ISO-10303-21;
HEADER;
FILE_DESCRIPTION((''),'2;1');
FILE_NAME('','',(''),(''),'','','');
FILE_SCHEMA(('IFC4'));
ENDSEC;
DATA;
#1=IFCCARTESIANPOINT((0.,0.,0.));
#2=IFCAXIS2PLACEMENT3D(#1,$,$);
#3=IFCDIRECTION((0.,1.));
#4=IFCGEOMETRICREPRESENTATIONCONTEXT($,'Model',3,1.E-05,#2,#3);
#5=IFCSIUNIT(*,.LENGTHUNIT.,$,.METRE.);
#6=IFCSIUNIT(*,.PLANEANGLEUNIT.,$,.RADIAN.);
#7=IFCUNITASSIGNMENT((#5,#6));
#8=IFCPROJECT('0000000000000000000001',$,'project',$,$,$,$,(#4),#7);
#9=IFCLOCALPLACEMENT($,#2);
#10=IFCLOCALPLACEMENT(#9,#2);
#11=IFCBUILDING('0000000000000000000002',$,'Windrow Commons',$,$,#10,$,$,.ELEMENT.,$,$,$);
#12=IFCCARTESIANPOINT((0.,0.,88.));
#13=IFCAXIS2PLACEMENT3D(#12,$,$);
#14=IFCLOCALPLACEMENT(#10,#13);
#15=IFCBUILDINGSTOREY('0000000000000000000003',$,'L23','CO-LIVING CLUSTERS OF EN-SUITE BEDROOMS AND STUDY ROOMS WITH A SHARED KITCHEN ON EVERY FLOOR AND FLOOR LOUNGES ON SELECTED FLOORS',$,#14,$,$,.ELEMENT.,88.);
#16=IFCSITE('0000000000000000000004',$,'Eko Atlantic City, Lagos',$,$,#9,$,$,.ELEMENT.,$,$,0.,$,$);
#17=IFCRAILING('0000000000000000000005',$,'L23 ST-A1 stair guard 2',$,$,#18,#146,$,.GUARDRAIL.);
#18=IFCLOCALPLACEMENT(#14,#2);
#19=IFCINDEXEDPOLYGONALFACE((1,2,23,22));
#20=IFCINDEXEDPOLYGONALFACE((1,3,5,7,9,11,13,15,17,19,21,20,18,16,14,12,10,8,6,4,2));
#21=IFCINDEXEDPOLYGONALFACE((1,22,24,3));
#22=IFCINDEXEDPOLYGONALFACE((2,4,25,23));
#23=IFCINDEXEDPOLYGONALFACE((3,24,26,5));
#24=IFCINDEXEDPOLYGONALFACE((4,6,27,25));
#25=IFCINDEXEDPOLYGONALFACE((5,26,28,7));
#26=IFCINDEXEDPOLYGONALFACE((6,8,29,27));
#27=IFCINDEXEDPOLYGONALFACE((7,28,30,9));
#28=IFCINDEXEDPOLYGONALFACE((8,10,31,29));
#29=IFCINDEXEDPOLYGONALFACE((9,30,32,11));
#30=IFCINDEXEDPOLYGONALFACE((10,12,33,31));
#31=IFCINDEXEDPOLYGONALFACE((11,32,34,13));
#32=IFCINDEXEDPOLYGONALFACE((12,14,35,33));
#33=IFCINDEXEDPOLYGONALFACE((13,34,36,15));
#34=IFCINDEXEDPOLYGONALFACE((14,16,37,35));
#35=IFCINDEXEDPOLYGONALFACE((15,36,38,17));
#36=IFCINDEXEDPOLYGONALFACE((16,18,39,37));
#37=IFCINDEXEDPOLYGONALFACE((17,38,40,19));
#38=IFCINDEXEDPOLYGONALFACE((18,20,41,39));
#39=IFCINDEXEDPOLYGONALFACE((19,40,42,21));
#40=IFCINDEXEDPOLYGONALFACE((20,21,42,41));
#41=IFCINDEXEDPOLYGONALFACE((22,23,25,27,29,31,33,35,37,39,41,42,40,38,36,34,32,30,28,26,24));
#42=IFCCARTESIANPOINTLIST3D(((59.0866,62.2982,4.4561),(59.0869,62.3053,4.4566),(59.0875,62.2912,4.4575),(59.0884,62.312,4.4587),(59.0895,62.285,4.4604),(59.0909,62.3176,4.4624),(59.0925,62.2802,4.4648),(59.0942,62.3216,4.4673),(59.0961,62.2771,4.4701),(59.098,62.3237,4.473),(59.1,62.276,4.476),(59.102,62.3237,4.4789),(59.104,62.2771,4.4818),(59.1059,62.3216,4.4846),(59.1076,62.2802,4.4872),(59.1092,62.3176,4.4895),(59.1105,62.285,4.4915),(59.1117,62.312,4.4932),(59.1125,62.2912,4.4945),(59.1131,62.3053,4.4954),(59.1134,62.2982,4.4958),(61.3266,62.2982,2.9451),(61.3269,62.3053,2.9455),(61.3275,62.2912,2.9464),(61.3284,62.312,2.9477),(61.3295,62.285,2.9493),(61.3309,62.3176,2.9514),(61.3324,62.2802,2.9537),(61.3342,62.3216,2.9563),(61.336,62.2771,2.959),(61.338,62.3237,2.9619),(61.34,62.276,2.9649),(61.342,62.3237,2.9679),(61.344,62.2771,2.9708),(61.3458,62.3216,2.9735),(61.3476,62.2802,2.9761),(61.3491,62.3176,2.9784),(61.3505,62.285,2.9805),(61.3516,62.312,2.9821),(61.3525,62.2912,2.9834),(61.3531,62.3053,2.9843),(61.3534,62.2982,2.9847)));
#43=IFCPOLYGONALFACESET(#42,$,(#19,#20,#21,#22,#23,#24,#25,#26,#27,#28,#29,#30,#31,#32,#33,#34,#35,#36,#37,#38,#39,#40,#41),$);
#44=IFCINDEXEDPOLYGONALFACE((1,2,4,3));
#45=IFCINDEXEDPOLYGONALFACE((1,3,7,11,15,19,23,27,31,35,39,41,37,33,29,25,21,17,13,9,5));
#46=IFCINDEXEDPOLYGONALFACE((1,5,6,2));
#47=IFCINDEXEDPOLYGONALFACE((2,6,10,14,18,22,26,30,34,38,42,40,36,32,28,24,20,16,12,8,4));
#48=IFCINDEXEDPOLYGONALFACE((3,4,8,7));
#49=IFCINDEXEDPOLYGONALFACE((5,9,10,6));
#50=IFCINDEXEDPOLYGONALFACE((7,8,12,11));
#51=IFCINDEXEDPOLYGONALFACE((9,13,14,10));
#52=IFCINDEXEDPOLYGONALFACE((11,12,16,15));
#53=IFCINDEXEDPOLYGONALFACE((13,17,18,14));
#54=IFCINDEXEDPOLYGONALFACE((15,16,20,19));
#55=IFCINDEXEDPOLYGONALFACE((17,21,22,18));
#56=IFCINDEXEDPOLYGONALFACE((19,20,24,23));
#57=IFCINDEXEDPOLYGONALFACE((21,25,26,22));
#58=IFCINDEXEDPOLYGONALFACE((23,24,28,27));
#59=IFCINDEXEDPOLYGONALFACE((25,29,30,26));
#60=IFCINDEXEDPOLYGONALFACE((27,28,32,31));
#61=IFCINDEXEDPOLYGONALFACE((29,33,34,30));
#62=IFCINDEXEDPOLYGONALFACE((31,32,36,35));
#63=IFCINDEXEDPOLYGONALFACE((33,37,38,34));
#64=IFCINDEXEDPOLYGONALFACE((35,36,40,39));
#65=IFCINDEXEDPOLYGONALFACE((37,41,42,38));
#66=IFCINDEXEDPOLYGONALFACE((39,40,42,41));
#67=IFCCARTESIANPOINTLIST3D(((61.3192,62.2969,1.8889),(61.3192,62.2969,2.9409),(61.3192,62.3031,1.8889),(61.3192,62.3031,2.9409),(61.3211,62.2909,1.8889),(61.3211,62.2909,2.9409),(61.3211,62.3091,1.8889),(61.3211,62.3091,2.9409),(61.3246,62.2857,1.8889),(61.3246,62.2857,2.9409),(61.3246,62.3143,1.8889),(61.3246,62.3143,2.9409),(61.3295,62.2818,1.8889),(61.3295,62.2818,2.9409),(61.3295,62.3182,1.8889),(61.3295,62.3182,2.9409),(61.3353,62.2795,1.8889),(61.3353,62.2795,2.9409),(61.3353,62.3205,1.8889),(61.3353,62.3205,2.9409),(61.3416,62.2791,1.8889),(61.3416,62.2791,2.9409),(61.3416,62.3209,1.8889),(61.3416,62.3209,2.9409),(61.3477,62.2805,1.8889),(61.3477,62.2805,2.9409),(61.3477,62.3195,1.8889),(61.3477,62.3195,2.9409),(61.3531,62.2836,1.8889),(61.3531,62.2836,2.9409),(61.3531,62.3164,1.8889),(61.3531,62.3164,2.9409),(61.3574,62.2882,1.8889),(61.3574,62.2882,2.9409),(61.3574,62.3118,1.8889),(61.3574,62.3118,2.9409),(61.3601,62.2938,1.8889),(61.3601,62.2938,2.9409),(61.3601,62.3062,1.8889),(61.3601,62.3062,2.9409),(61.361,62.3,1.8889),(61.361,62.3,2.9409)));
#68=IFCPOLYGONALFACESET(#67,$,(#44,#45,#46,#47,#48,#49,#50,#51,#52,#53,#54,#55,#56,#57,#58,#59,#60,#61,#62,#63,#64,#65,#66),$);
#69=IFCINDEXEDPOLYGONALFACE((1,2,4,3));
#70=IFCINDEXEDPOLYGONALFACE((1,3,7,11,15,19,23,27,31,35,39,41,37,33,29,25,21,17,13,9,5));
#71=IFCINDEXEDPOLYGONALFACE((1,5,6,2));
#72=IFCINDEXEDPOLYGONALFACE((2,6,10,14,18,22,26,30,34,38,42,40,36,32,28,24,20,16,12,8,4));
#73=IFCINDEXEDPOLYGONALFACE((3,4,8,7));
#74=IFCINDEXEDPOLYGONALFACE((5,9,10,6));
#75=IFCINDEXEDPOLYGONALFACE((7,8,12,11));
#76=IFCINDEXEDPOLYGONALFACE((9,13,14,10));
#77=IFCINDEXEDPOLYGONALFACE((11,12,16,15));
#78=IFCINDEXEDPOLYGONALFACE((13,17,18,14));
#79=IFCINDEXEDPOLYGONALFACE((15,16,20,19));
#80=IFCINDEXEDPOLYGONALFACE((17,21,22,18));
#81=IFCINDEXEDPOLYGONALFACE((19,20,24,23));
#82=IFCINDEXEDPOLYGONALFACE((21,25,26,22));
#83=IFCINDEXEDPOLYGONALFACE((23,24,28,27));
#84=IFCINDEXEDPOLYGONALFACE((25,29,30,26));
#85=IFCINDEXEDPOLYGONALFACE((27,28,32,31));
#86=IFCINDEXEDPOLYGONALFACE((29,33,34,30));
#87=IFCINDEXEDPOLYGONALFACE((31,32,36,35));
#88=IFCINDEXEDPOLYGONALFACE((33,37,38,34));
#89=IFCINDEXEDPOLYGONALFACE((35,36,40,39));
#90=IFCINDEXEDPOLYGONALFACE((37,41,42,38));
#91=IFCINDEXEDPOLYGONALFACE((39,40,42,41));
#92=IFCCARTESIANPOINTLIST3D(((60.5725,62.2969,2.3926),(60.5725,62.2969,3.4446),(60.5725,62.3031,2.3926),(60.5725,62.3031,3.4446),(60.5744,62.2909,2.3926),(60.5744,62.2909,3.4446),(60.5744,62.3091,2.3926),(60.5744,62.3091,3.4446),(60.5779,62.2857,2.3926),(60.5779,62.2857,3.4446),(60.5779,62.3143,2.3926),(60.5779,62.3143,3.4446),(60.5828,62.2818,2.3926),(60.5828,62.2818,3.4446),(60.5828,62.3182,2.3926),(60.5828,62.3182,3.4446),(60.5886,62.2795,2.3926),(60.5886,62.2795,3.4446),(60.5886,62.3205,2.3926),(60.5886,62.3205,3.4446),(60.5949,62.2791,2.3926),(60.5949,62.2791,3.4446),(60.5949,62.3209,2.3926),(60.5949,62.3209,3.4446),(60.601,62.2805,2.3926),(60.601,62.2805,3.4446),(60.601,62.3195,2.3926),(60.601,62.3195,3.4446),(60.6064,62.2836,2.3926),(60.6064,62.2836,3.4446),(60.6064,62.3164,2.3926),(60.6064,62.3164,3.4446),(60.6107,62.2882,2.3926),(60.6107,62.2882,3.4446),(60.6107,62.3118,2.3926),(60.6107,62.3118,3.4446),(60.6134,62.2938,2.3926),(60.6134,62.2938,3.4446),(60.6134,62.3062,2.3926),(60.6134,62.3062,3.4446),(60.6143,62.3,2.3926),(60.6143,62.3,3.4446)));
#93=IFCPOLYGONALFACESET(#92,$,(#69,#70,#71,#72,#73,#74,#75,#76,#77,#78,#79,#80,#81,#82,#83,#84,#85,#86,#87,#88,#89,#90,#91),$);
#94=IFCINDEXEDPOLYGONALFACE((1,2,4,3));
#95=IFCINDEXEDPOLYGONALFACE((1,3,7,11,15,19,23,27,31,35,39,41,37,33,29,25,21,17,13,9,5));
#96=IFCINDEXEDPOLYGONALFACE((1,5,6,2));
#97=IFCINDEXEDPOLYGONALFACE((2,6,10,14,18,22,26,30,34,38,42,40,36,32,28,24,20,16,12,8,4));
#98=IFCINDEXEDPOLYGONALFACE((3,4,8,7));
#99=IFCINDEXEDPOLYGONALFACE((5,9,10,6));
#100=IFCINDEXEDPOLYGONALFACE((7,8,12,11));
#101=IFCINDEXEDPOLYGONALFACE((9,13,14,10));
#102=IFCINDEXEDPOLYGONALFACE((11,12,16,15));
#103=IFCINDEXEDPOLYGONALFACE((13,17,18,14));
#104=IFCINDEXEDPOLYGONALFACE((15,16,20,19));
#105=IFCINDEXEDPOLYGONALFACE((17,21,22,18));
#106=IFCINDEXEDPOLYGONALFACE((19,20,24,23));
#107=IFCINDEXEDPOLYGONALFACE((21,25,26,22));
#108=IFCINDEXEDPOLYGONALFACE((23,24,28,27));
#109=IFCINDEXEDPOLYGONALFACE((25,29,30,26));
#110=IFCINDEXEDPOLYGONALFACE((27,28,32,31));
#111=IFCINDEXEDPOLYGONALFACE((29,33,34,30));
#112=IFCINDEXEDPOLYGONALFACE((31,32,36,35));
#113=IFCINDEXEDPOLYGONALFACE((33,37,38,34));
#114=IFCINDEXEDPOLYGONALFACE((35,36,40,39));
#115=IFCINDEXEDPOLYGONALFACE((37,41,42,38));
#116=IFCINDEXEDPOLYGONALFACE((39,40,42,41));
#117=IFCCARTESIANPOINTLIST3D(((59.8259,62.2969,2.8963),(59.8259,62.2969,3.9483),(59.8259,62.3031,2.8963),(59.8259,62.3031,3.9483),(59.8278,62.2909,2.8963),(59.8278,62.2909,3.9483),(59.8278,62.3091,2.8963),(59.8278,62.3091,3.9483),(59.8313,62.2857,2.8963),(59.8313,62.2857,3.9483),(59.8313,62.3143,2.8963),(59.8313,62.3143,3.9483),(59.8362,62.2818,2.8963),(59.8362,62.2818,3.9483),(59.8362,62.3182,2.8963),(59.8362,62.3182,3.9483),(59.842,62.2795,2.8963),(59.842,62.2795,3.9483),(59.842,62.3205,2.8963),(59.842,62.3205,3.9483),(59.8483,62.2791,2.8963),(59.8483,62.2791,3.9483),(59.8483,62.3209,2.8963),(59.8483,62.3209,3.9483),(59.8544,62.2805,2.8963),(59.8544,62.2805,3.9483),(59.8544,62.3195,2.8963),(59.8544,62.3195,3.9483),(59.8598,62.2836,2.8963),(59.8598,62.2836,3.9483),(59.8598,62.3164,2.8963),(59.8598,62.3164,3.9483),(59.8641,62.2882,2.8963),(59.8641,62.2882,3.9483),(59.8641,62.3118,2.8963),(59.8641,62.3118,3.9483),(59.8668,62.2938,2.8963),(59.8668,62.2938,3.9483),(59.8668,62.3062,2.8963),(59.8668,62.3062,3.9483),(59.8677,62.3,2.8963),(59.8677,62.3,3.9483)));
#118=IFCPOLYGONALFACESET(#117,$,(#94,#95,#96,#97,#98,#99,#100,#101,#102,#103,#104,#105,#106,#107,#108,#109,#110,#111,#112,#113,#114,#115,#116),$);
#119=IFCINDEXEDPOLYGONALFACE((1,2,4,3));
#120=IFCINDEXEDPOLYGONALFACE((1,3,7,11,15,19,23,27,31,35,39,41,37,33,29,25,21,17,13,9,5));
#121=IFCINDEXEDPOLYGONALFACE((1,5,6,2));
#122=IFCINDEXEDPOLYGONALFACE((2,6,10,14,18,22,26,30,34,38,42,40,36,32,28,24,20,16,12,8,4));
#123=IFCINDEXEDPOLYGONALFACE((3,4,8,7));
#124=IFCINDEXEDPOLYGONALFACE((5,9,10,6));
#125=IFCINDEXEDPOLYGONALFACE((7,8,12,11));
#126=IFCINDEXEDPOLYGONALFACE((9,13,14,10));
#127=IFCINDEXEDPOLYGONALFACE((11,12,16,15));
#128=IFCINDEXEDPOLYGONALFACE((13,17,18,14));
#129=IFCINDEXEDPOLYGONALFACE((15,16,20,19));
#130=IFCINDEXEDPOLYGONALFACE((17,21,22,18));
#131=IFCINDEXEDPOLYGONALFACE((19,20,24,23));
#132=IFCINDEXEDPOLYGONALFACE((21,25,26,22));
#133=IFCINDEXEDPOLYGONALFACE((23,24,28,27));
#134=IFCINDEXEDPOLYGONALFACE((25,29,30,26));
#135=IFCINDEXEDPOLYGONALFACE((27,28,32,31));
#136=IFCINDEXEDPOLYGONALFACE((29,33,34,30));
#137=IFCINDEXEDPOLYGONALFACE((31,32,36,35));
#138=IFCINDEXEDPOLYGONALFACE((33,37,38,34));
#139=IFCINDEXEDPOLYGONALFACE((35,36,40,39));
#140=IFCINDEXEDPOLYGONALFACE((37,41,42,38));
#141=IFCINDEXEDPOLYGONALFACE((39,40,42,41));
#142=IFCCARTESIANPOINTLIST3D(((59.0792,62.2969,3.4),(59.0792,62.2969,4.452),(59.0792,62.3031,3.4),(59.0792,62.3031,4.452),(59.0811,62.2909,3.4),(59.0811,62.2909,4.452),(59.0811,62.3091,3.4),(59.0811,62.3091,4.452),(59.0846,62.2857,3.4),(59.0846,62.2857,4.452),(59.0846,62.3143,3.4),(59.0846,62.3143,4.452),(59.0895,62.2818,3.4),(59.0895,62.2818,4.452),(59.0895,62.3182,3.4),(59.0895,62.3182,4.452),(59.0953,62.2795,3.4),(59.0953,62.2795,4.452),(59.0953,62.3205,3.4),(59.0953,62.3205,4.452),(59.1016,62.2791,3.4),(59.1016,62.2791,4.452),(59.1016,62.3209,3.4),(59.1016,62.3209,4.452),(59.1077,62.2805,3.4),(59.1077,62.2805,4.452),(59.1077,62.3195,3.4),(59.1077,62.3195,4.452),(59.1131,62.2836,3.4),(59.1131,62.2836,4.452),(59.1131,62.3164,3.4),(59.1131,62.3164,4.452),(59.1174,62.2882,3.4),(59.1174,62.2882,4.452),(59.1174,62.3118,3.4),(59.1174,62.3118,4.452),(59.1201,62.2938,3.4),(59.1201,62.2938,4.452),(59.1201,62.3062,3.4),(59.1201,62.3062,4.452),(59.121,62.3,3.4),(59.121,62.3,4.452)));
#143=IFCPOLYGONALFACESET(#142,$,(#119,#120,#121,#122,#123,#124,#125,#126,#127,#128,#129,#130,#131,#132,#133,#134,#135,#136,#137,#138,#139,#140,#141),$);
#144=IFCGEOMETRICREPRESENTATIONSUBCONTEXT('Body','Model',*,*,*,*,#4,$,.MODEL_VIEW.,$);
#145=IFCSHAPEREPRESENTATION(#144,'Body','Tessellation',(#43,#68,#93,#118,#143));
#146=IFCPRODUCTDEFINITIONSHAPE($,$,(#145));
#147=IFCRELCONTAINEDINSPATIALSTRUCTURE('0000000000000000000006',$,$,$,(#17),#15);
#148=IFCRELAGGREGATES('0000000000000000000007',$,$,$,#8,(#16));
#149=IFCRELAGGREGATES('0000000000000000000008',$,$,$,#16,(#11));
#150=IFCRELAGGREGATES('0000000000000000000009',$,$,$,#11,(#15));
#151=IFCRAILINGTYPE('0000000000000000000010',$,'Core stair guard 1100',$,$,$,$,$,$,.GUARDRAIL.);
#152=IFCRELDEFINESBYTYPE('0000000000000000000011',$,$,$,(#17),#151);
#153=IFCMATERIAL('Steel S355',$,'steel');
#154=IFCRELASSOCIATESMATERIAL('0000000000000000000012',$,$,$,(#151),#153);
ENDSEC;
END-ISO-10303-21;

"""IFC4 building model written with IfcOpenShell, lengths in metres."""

from ifc_helpers import new_model, si_unit, direction, frame, origin, origin_2d, place, context, subcontext, project, spatial, circle, extrude, material, type_object, element, save


model = new_model("IFC4")

# Units and contexts
model_context = context("Model", 3, precision=1e-05, world=origin(), true_north=direction((0.0, 1.0)))
body_context = subcontext(model_context, "Body", "Model", "MODEL_VIEW")
ifc_project = project(units=[si_unit("LENGTHUNIT", "METRE"), si_unit("PLANEANGLEUNIT", "RADIAN")], contexts=[model_context])

# Site, building, storey
site_placement = place(None, origin())
site = spatial("IfcSite", under=ifc_project, at=site_placement, Name="Eko Atlantic City, Lagos", CompositionType="ELEMENT", RefElevation=0.0)
building_placement = place(site_placement, origin())
building = spatial("IfcBuilding", under=site, at=building_placement, Name="Windrow Commons", CompositionType="ELEMENT")
storey_placement = place(building_placement, frame((0.0, 0.0, 88.0)))
storey = spatial("IfcBuildingStorey", under=building, at=storey_placement, Name="L23", Description="CO-LIVING CLUSTERS OF EN-SUITE BEDROOMS AND STUDY ROOMS WITH A SHARED KITCHEN ON EVERY FLOOR AND FLOOR LOUNGES ON SELECTED FLOORS", CompositionType="ELEMENT", Elevation=88.0)

# Railing
ifc_material_1 = material(Name="Steel S355", Category="steel")
railing_type_1 = type_object("IfcRailingType", Name="Core stair guard 1100", PredefinedType="GUARDRAIL", material=ifc_material_1)
railing_1_placement = place(storey_placement, frame((61.34, 62.3, 1.8889)))
element("IfcRailing", 1, at=railing_1_placement, inside=storey, type_object=railing_type_1, Name="L23 ST-A1 stair guard 2", PredefinedType="GUARDRAIL", context=body_context, shape_type="SweptSolid", body=[
    extrude(circle(Radius=0.024, at=origin_2d()), frame((0.0, 0.0, 1.076), z_axis=(-0.829003, 0.0, 0.559244), x_axis=(0.0, -1.0, 0.0)), (0.0, 0.0, 1.0), 2.702),
    extrude(circle(Radius=0.021, at=origin_2d()), origin(), (0.0, 0.0, 1.0), 1.052),
    extrude(circle(Radius=0.021, at=origin_2d()), frame((-0.7467, 0.0, 0.5037)), (0.0, 0.0, 1.0), 1.052),
    extrude(circle(Radius=0.021, at=origin_2d()), frame((-1.4933, 0.0, 1.0074)), (0.0, 0.0, 1.0), 1.052),
    extrude(circle(Radius=0.021, at=origin_2d()), frame((-2.24, 0.0, 1.5111)), (0.0, 0.0, 1.0), 1.052),
])

save(model, "model.ifc")
